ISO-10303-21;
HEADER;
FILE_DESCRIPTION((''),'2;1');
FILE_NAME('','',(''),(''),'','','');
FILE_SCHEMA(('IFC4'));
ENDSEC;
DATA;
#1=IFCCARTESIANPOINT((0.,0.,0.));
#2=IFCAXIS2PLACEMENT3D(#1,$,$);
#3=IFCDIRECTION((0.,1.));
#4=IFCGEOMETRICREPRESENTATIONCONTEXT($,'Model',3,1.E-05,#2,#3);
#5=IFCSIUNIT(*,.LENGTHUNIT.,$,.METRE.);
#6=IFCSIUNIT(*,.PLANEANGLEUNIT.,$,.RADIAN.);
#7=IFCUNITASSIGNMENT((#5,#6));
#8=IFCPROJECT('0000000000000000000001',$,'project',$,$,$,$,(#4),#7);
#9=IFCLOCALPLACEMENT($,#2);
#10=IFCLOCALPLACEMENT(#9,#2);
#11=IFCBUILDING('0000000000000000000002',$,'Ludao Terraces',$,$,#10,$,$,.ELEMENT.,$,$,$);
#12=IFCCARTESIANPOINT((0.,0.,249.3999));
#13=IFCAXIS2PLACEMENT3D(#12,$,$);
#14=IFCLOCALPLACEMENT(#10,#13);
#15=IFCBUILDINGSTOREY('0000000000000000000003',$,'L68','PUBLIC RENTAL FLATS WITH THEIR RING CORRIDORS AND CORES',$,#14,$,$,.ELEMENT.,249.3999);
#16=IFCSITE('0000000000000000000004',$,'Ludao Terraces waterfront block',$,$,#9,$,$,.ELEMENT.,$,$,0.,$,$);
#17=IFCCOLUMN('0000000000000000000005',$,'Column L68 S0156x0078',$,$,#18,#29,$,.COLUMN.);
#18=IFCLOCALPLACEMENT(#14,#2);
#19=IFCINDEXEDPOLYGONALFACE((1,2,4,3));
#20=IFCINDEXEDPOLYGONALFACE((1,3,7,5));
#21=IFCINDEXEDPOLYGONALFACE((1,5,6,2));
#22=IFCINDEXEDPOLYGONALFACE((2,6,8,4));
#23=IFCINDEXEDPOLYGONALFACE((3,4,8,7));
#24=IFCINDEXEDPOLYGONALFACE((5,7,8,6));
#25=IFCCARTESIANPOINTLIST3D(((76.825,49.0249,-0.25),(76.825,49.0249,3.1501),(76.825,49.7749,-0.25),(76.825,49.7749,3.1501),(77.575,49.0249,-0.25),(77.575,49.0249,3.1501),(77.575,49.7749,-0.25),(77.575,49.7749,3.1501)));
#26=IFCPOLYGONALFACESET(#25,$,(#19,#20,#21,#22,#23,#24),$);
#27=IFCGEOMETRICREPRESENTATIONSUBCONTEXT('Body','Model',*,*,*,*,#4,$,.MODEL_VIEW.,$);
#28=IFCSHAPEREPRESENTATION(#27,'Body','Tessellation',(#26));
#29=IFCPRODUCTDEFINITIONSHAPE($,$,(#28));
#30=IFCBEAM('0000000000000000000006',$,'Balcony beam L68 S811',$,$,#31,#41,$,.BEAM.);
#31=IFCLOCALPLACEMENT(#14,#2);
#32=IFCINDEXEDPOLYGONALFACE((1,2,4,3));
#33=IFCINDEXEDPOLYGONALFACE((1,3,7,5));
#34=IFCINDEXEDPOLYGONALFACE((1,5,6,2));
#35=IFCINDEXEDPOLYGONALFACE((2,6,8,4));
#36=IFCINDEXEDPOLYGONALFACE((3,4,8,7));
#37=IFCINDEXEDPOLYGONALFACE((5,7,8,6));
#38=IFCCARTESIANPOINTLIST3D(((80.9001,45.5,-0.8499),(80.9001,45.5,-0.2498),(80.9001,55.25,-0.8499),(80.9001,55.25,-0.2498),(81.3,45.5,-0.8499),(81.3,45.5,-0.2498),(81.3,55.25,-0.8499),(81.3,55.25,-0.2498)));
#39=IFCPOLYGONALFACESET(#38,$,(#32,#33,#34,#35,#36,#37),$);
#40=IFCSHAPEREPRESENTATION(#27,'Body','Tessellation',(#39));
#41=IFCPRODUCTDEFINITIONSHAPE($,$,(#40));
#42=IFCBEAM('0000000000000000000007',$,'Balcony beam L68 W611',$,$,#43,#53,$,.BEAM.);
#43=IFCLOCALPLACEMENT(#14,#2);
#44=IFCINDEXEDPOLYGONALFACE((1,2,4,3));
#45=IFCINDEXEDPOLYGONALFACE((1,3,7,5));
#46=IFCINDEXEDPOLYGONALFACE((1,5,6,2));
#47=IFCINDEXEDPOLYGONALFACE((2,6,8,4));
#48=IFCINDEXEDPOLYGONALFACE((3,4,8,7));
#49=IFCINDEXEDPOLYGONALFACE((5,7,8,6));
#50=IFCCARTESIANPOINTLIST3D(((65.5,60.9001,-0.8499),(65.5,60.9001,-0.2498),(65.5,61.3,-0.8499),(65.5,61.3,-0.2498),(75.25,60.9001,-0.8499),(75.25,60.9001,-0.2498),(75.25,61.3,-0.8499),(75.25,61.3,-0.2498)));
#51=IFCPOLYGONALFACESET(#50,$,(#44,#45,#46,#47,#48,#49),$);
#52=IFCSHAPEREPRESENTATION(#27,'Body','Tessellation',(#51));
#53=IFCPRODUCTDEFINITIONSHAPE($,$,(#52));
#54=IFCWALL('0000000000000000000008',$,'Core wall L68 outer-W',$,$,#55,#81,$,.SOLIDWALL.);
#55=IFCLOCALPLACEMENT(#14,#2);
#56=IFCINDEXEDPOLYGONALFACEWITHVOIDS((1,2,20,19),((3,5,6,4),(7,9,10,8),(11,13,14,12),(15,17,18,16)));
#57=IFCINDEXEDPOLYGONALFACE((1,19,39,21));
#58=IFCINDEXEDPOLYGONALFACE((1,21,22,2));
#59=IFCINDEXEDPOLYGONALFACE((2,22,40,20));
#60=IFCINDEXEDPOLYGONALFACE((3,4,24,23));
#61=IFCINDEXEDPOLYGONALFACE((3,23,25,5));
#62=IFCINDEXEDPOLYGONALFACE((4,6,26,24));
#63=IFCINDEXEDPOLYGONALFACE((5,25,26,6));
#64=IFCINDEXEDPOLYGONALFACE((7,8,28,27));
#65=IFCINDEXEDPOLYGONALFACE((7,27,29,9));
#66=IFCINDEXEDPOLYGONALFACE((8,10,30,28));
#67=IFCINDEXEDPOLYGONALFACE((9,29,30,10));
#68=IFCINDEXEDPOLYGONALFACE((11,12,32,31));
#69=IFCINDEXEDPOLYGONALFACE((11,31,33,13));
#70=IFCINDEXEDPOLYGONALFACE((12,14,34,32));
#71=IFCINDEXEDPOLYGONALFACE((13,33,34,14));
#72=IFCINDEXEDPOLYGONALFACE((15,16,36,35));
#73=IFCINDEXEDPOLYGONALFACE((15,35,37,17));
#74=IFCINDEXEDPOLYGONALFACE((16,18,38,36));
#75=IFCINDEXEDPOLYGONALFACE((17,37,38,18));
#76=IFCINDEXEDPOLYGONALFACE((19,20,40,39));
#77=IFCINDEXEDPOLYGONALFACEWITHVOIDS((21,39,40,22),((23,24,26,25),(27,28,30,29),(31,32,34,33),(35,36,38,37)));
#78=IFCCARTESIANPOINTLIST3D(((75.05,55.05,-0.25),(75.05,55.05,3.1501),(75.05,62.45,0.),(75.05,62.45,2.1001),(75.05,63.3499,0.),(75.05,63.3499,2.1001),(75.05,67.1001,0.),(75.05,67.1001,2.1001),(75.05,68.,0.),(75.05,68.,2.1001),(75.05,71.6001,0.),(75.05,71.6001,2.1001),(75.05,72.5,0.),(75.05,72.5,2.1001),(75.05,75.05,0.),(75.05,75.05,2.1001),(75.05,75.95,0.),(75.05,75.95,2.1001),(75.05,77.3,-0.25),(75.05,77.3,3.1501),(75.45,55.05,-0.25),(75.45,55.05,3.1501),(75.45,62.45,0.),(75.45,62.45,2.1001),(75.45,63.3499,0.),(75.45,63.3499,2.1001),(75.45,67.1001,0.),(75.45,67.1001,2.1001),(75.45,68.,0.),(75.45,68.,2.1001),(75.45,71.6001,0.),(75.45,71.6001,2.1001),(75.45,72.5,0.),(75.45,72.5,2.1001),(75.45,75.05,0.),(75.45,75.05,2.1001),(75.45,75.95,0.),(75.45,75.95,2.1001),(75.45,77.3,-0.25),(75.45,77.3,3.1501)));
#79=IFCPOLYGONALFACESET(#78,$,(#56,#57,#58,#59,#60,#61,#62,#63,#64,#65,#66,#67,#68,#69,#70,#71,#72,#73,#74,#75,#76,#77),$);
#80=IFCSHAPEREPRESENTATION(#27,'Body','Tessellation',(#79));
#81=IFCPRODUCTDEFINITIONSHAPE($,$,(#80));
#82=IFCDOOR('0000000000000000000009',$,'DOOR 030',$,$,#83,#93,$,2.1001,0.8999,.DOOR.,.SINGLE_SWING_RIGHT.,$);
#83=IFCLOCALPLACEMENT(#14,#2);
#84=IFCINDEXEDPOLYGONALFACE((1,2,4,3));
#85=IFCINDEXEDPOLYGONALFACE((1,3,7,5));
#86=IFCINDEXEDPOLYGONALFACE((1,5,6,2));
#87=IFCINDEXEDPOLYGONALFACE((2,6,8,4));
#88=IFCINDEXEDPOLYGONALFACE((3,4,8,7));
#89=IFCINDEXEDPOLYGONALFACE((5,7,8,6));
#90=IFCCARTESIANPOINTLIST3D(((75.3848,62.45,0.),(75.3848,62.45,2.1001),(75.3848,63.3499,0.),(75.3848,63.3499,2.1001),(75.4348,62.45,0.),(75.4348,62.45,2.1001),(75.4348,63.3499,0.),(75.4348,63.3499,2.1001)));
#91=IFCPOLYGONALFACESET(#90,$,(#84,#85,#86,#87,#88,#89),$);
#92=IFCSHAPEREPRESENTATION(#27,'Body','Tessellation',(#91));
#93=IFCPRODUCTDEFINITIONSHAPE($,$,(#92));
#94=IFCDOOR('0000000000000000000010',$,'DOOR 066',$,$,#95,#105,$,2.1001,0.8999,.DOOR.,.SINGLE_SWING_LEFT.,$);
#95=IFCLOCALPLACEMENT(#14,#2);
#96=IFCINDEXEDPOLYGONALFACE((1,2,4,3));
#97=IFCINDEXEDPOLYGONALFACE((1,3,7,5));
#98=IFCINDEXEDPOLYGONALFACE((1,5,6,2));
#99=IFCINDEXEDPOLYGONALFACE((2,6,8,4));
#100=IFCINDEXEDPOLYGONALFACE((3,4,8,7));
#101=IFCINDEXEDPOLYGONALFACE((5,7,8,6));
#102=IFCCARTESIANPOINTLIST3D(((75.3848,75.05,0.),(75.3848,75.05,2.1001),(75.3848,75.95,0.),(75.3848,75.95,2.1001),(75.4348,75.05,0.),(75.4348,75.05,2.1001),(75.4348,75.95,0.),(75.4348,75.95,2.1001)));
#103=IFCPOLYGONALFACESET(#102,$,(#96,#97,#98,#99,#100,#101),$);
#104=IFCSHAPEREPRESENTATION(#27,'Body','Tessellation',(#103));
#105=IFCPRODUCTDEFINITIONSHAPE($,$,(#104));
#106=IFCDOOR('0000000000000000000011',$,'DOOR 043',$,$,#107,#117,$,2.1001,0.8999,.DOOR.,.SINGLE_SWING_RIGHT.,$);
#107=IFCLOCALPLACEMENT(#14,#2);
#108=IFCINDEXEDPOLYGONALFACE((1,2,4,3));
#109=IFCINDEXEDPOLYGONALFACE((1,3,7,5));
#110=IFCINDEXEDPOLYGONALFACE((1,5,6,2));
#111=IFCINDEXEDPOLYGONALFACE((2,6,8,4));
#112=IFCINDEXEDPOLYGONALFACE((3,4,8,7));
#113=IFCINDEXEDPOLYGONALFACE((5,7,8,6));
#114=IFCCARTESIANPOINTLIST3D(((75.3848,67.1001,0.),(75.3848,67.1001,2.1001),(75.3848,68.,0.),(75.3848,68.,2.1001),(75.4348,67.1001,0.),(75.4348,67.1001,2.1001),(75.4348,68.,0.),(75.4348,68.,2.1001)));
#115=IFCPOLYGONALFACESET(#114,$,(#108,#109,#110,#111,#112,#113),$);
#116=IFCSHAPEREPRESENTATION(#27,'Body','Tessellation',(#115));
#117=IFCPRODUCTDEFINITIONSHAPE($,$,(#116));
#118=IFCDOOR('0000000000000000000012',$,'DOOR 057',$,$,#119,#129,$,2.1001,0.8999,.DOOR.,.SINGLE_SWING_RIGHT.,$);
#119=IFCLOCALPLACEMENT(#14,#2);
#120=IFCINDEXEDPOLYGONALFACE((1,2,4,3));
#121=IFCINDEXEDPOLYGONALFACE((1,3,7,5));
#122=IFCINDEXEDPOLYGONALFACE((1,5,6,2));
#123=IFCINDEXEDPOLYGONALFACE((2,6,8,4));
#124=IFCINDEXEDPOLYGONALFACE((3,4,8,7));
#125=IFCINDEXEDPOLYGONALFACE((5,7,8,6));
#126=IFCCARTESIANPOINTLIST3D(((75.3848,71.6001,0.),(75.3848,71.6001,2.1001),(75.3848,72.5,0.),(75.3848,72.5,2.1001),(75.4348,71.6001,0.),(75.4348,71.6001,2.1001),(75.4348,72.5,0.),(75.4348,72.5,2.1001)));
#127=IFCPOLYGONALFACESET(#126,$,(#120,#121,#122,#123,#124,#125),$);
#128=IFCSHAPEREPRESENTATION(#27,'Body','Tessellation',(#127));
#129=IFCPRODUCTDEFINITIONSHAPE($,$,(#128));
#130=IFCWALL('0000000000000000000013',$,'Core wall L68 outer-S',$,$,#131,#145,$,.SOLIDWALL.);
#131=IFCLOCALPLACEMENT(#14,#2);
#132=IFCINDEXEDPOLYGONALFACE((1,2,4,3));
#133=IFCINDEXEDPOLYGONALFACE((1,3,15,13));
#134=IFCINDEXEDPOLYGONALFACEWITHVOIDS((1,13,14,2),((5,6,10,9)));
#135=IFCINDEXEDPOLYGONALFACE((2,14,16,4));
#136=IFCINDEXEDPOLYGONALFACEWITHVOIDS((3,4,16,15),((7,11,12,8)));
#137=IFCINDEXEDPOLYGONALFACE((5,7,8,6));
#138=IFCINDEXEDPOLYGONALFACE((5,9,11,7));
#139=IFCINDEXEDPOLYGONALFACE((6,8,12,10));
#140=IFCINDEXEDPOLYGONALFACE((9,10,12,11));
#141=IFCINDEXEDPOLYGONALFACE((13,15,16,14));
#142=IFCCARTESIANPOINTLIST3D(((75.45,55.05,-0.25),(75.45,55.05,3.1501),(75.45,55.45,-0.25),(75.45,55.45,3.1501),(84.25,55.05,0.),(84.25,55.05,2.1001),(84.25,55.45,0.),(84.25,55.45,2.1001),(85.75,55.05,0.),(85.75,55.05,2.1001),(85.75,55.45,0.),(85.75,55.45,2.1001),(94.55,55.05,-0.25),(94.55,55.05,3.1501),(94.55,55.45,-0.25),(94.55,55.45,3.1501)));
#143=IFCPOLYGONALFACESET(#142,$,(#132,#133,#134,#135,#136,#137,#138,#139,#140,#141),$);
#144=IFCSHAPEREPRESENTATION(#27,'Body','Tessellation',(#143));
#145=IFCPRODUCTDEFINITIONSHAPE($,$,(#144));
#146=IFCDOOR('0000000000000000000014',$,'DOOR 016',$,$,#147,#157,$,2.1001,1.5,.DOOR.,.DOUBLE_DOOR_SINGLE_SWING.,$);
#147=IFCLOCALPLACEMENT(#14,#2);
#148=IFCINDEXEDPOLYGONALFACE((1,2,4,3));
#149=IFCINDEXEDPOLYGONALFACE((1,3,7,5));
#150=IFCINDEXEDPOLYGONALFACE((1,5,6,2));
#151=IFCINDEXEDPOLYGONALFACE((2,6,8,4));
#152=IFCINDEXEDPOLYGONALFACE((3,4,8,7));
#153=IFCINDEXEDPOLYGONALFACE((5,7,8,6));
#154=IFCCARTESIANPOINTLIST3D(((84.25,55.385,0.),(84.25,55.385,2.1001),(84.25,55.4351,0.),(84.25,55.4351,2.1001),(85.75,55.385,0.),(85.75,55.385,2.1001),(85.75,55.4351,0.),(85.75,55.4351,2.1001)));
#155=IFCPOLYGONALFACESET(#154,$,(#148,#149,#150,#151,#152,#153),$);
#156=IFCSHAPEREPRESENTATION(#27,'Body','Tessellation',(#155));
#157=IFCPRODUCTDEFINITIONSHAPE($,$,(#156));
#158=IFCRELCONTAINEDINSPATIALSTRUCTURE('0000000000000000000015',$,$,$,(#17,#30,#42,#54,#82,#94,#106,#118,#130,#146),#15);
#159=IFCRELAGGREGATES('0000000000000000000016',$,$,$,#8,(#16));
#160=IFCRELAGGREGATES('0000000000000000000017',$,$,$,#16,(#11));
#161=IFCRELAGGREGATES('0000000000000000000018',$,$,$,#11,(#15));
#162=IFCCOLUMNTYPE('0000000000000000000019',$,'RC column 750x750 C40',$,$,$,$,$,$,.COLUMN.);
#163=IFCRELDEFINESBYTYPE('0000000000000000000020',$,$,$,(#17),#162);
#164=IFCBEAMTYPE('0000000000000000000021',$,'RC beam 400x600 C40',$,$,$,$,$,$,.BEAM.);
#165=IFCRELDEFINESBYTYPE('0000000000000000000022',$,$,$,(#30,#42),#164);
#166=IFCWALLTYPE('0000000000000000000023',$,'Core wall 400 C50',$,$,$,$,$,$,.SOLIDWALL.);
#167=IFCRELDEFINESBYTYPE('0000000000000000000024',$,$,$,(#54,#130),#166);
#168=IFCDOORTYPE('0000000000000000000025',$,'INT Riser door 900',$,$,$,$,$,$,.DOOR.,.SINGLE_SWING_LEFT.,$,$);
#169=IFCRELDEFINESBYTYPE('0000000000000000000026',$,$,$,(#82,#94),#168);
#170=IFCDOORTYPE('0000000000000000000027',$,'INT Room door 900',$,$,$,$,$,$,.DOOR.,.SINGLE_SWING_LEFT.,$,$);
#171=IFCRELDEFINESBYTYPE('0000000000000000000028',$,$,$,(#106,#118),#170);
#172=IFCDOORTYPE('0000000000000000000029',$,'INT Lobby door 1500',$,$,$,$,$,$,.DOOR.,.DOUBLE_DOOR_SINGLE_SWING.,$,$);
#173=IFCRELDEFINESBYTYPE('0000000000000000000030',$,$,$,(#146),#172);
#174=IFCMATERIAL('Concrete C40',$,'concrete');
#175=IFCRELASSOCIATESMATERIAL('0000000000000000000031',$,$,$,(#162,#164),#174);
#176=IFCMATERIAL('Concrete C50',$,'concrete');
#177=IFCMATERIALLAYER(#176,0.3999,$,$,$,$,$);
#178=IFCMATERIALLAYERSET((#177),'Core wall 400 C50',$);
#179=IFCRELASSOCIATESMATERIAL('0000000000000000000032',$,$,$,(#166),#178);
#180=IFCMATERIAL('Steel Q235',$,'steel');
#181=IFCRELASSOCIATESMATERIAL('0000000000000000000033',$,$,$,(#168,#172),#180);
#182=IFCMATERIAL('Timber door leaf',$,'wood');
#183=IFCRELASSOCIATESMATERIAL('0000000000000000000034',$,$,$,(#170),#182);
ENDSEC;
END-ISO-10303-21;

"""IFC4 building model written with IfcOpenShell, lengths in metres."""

from ifc_helpers import new_model, si_unit, direction, frame, frame_2d, origin, origin_2d, place, context, subcontext, project, spatial, rectangle, extrude, material, layer, layer_set, material_profile, profile_set, type_object, element, fill, save


model = new_model("IFC4")

# Units and contexts
model_context = context("Model", 3, precision=1e-05, world=origin(), true_north=direction((0.0, 1.0)))
body_context = subcontext(model_context, "Body", "Model", "MODEL_VIEW")
ifc_project = project(units=[si_unit("LENGTHUNIT", "METRE"), si_unit("PLANEANGLEUNIT", "RADIAN")], contexts=[model_context])

# Site, building, storey
site_placement = place(None, origin())
site = spatial("IfcSite", under=ifc_project, at=site_placement, Name="Ludao Terraces waterfront block", CompositionType="ELEMENT", RefElevation=0.0)
building_placement = place(site_placement, origin())
building = spatial("IfcBuilding", under=site, at=building_placement, Name="Ludao Terraces", CompositionType="ELEMENT")
storey_placement = place(building_placement, frame((0.0, 0.0, 249.3999)))
storey = spatial("IfcBuildingStorey", under=building, at=storey_placement, Name="L68", Description="PUBLIC RENTAL FLATS WITH THEIR RING CORRIDORS AND CORES", CompositionType="ELEMENT", Elevation=249.3999)

# Column
ifc_material_1 = material(Name="Concrete C40", Category="concrete")
ifc_material_profile_1 = material_profile(ifc_material_1, rectangle(XDim=0.75, YDim=0.75, at=origin_2d()), Name="750 X 750")
ifc_profile_set_1 = profile_set([ifc_material_profile_1], Name="Concrete C40")
column_type = type_object("IfcColumnType", Name="RC column 750x750 C40", PredefinedType="COLUMN", material=ifc_profile_set_1)
column_placement = place(storey_placement, frame((77.2, 49.3999, -0.25), z_axis=(0.0, 0.0, 1.0), x_axis=(1.0, 0.0, 0.0)))
element("IfcColumn", 1, at=column_placement, inside=storey, type_object=column_type, Name="Column L68 S0156x0078", PredefinedType="COLUMN", context=body_context, shape_type="SweptSolid", body=[
    extrude(rectangle(XDim=0.75, YDim=0.75, at=origin_2d()), origin(), (0.0, 0.0, 1.0), 3.4001),
])

# Beams
ifc_material_profile_2 = material_profile(ifc_material_1, rectangle(XDim=0.3999, YDim=0.6001, at=origin_2d()), Name="400 X 600")
ifc_profile_set_2 = profile_set([ifc_material_profile_2], Name="Concrete C40")
beam_type = type_object("IfcBeamType", Name="RC beam 400x600 C40", PredefinedType="BEAM", material=ifc_profile_set_2)
for number, where, z_axis, x_axis, name in (
    (2, (81.1001, 55.25, -0.5498), (0.0, -1.0, 0.0), (1.0, 0.0, 0.0), "Balcony beam L68 S811"),
    (3, (75.25, 61.1001, -0.5498), (-1.0, 0.0, 0.0), (0.0, -1.0, 0.0), "Balcony beam L68 W611"),
):
    element("IfcBeam", number, at=place(storey_placement, frame(where, z_axis=z_axis, x_axis=x_axis)), inside=storey, type_object=beam_type, Name=name, PredefinedType="BEAM", context=body_context, shape_type="SweptSolid", body=[
        extrude(rectangle(XDim=0.3999, YDim=0.6001, at=origin_2d()), origin(), (0.0, 0.0, 1.0), 9.75),
    ])

# Wall, openings, doors
ifc_material_2 = material(Name="Concrete C50", Category="concrete")
ifc_layer_1 = layer(ifc_material_2, 0.3999)
ifc_layer_set_1 = layer_set([ifc_layer_1], Name="Core wall 400 C50")
wall_type_1 = type_object("IfcWallType", Name="Core wall 400 C50", PredefinedType="SOLIDWALL", material=ifc_layer_set_1)
wall_1_placement = place(storey_placement, frame((75.25, 55.05, -0.25), z_axis=(0.0, 0.0, 1.0), x_axis=(0.0, 1.0, 0.0)))
wall_1 = element("IfcWall", 4, at=wall_1_placement, inside=storey, type_object=wall_type_1, Name="Core wall L68 outer-W", PredefinedType="SOLIDWALL", context=body_context, shape_type="SweptSolid", body=[
    extrude(rectangle(XDim=22.25, YDim=0.3999, at=frame_2d((11.125, 0.0))), origin(), (0.0, 0.0, 1.0), 3.4001),
])
opening_1_placement = place(wall_1_placement, frame((7.3999, 0.0, 0.25)))
opening_1 = element("IfcOpeningElement", 5, at=opening_1_placement, cuts=wall_1, PredefinedType="OPENING", context=body_context, shape_type="SweptSolid", body=[
    extrude(rectangle(XDim=0.8999, YDim=2.1001, at=frame_2d((0.45, 1.05))), frame((0.0, 0.21, 0.0), z_axis=(0.0, -1.0, 0.0), x_axis=(1.0, 0.0, 0.0)), (0.0, 0.0, 1.0), 0.4199),
])
opening_2_placement = place(wall_1_placement, frame((12.05, 0.0, 0.25)))
opening_2 = element("IfcOpeningElement", 6, at=opening_2_placement, cuts=wall_1, PredefinedType="OPENING", context=body_context, shape_type="SweptSolid", body=[
    extrude(rectangle(XDim=0.8999, YDim=2.1001, at=frame_2d((0.45, 1.05))), frame((0.0, 0.21, 0.0), z_axis=(0.0, -1.0, 0.0), x_axis=(1.0, 0.0, 0.0)), (0.0, 0.0, 1.0), 0.4199),
])
opening_3_placement = place(wall_1_placement, frame((16.55, 0.0, 0.25)))
opening_3 = element("IfcOpeningElement", 7, at=opening_3_placement, cuts=wall_1, PredefinedType="OPENING", context=body_context, shape_type="SweptSolid", body=[
    extrude(rectangle(XDim=0.8999, YDim=2.1001, at=frame_2d((0.45, 1.05))), frame((0.0, 0.21, 0.0), z_axis=(0.0, -1.0, 0.0), x_axis=(1.0, 0.0, 0.0)), (0.0, 0.0, 1.0), 0.4199),
])
opening_4_placement = place(wall_1_placement, frame((20.0, 0.0, 0.25)))
opening_4 = element("IfcOpeningElement", 8, at=opening_4_placement, cuts=wall_1, PredefinedType="OPENING", context=body_context, shape_type="SweptSolid", body=[
    extrude(rectangle(XDim=0.8999, YDim=2.1001, at=frame_2d((0.45, 1.05))), frame((0.0, 0.21, 0.0), z_axis=(0.0, -1.0, 0.0), x_axis=(1.0, 0.0, 0.0)), (0.0, 0.0, 1.0), 0.4199),
])
ifc_material_3 = material(Name="Steel Q235", Category="steel")
door_type_1 = type_object("IfcDoorType", Name="INT Riser door 900", OperationType="SINGLE_SWING_LEFT", PredefinedType="DOOR", material=ifc_material_3)
door_1_placement = place(opening_1_placement, origin())
door_1 = element("IfcDoor", 9, at=door_1_placement, inside=storey, type_object=door_type_1, Name="DOOR 030", OperationType="SINGLE_SWING_RIGHT", OverallHeight=2.1001, OverallWidth=0.8999, PredefinedType="DOOR", context=body_context, shape_type="SweptSolid", body=[
    extrude(rectangle(XDim=0.8999, YDim=2.1001, at=frame_2d((0.45, 1.05))), frame((0.0, -0.1348, 0.0), z_axis=(0.0, -1.0, 0.0), x_axis=(1.0, 0.0, 0.0)), (0.0, 0.0, 1.0), 0.05),
])
fill(opening_1, door_1)
door_2_placement = place(opening_4_placement, origin())
door_2 = element("IfcDoor", 10, at=door_2_placement, inside=storey, type_object=door_type_1, Name="DOOR 066", OperationType="SINGLE_SWING_LEFT", OverallHeight=2.1001, OverallWidth=0.8999, PredefinedType="DOOR", context=body_context, shape_type="SweptSolid", body=[
    extrude(rectangle(XDim=0.8999, YDim=2.1001, at=frame_2d((0.45, 1.05))), frame((0.0, -0.1348, 0.0), z_axis=(0.0, -1.0, 0.0), x_axis=(1.0, 0.0, 0.0)), (0.0, 0.0, 1.0), 0.05),
])
fill(opening_4, door_2)
ifc_material_4 = material(Name="Timber door leaf", Category="wood")
door_type_2 = type_object("IfcDoorType", Name="INT Room door 900", OperationType="SINGLE_SWING_LEFT", PredefinedType="DOOR", material=ifc_material_4)
door_3_placement = place(opening_2_placement, origin())
door_3 = element("IfcDoor", 11, at=door_3_placement, inside=storey, type_object=door_type_2, Name="DOOR 043", OperationType="SINGLE_SWING_RIGHT", OverallHeight=2.1001, OverallWidth=0.8999, PredefinedType="DOOR", context=body_context, shape_type="SweptSolid", body=[
    extrude(rectangle(XDim=0.8999, YDim=2.1001, at=frame_2d((0.45, 1.05))), frame((0.0, -0.1348, 0.0), z_axis=(0.0, -1.0, 0.0), x_axis=(1.0, 0.0, 0.0)), (0.0, 0.0, 1.0), 0.05),
])
fill(opening_2, door_3)
door_4_placement = place(opening_3_placement, origin())
door_4 = element("IfcDoor", 12, at=door_4_placement, inside=storey, type_object=door_type_2, Name="DOOR 057", OperationType="SINGLE_SWING_RIGHT", OverallHeight=2.1001, OverallWidth=0.8999, PredefinedType="DOOR", context=body_context, shape_type="SweptSolid", body=[
    extrude(rectangle(XDim=0.8999, YDim=2.1001, at=frame_2d((0.45, 1.05))), frame((0.0, -0.1348, 0.0), z_axis=(0.0, -1.0, 0.0), x_axis=(1.0, 0.0, 0.0)), (0.0, 0.0, 1.0), 0.05),
])
fill(opening_3, door_4)

# Wall, opening, door
wall_2_placement = place(storey_placement, frame((75.45, 55.25, -0.25), z_axis=(0.0, 0.0, 1.0), x_axis=(1.0, 0.0, 0.0)))
wall_2 = element("IfcWall", 13, at=wall_2_placement, inside=storey, type_object=wall_type_1, Name="Core wall L68 outer-S", PredefinedType="SOLIDWALL", context=body_context, shape_type="SweptSolid", body=[
    extrude(rectangle(XDim=19.1001, YDim=0.3999, at=frame_2d((9.55, 0.0))), origin(), (0.0, 0.0, 1.0), 3.4001),
])
opening_5_placement = place(wall_2_placement, frame((8.8, 0.0, 0.25)))
opening_5 = element("IfcOpeningElement", 14, at=opening_5_placement, cuts=wall_2, PredefinedType="OPENING", context=body_context, shape_type="SweptSolid", body=[
    extrude(rectangle(XDim=1.5, YDim=2.1001, at=frame_2d((0.75, 1.05))), frame((0.0, 0.21, 0.0), z_axis=(0.0, -1.0, 0.0), x_axis=(1.0, 0.0, 0.0)), (0.0, 0.0, 1.0), 0.4199),
])
door_type_3 = type_object("IfcDoorType", Name="INT Lobby door 1500", OperationType="DOUBLE_DOOR_SINGLE_SWING", PredefinedType="DOOR", material=ifc_material_3)
door_5_placement = place(opening_5_placement, origin())
door_5 = element("IfcDoor", 15, at=door_5_placement, inside=storey, type_object=door_type_3, Name="DOOR 016", OperationType="DOUBLE_DOOR_SINGLE_SWING", OverallHeight=2.1001, OverallWidth=1.5, PredefinedType="DOOR", context=body_context, shape_type="SweptSolid", body=[
    extrude(rectangle(XDim=1.5, YDim=2.1001, at=frame_2d((0.75, 1.05))), frame((0.0, 0.1851, 0.0), z_axis=(0.0, -1.0, 0.0), x_axis=(1.0, 0.0, 0.0)), (0.0, 0.0, 1.0), 0.05),
])
fill(opening_5, door_5)

save(model, "model.ifc")
